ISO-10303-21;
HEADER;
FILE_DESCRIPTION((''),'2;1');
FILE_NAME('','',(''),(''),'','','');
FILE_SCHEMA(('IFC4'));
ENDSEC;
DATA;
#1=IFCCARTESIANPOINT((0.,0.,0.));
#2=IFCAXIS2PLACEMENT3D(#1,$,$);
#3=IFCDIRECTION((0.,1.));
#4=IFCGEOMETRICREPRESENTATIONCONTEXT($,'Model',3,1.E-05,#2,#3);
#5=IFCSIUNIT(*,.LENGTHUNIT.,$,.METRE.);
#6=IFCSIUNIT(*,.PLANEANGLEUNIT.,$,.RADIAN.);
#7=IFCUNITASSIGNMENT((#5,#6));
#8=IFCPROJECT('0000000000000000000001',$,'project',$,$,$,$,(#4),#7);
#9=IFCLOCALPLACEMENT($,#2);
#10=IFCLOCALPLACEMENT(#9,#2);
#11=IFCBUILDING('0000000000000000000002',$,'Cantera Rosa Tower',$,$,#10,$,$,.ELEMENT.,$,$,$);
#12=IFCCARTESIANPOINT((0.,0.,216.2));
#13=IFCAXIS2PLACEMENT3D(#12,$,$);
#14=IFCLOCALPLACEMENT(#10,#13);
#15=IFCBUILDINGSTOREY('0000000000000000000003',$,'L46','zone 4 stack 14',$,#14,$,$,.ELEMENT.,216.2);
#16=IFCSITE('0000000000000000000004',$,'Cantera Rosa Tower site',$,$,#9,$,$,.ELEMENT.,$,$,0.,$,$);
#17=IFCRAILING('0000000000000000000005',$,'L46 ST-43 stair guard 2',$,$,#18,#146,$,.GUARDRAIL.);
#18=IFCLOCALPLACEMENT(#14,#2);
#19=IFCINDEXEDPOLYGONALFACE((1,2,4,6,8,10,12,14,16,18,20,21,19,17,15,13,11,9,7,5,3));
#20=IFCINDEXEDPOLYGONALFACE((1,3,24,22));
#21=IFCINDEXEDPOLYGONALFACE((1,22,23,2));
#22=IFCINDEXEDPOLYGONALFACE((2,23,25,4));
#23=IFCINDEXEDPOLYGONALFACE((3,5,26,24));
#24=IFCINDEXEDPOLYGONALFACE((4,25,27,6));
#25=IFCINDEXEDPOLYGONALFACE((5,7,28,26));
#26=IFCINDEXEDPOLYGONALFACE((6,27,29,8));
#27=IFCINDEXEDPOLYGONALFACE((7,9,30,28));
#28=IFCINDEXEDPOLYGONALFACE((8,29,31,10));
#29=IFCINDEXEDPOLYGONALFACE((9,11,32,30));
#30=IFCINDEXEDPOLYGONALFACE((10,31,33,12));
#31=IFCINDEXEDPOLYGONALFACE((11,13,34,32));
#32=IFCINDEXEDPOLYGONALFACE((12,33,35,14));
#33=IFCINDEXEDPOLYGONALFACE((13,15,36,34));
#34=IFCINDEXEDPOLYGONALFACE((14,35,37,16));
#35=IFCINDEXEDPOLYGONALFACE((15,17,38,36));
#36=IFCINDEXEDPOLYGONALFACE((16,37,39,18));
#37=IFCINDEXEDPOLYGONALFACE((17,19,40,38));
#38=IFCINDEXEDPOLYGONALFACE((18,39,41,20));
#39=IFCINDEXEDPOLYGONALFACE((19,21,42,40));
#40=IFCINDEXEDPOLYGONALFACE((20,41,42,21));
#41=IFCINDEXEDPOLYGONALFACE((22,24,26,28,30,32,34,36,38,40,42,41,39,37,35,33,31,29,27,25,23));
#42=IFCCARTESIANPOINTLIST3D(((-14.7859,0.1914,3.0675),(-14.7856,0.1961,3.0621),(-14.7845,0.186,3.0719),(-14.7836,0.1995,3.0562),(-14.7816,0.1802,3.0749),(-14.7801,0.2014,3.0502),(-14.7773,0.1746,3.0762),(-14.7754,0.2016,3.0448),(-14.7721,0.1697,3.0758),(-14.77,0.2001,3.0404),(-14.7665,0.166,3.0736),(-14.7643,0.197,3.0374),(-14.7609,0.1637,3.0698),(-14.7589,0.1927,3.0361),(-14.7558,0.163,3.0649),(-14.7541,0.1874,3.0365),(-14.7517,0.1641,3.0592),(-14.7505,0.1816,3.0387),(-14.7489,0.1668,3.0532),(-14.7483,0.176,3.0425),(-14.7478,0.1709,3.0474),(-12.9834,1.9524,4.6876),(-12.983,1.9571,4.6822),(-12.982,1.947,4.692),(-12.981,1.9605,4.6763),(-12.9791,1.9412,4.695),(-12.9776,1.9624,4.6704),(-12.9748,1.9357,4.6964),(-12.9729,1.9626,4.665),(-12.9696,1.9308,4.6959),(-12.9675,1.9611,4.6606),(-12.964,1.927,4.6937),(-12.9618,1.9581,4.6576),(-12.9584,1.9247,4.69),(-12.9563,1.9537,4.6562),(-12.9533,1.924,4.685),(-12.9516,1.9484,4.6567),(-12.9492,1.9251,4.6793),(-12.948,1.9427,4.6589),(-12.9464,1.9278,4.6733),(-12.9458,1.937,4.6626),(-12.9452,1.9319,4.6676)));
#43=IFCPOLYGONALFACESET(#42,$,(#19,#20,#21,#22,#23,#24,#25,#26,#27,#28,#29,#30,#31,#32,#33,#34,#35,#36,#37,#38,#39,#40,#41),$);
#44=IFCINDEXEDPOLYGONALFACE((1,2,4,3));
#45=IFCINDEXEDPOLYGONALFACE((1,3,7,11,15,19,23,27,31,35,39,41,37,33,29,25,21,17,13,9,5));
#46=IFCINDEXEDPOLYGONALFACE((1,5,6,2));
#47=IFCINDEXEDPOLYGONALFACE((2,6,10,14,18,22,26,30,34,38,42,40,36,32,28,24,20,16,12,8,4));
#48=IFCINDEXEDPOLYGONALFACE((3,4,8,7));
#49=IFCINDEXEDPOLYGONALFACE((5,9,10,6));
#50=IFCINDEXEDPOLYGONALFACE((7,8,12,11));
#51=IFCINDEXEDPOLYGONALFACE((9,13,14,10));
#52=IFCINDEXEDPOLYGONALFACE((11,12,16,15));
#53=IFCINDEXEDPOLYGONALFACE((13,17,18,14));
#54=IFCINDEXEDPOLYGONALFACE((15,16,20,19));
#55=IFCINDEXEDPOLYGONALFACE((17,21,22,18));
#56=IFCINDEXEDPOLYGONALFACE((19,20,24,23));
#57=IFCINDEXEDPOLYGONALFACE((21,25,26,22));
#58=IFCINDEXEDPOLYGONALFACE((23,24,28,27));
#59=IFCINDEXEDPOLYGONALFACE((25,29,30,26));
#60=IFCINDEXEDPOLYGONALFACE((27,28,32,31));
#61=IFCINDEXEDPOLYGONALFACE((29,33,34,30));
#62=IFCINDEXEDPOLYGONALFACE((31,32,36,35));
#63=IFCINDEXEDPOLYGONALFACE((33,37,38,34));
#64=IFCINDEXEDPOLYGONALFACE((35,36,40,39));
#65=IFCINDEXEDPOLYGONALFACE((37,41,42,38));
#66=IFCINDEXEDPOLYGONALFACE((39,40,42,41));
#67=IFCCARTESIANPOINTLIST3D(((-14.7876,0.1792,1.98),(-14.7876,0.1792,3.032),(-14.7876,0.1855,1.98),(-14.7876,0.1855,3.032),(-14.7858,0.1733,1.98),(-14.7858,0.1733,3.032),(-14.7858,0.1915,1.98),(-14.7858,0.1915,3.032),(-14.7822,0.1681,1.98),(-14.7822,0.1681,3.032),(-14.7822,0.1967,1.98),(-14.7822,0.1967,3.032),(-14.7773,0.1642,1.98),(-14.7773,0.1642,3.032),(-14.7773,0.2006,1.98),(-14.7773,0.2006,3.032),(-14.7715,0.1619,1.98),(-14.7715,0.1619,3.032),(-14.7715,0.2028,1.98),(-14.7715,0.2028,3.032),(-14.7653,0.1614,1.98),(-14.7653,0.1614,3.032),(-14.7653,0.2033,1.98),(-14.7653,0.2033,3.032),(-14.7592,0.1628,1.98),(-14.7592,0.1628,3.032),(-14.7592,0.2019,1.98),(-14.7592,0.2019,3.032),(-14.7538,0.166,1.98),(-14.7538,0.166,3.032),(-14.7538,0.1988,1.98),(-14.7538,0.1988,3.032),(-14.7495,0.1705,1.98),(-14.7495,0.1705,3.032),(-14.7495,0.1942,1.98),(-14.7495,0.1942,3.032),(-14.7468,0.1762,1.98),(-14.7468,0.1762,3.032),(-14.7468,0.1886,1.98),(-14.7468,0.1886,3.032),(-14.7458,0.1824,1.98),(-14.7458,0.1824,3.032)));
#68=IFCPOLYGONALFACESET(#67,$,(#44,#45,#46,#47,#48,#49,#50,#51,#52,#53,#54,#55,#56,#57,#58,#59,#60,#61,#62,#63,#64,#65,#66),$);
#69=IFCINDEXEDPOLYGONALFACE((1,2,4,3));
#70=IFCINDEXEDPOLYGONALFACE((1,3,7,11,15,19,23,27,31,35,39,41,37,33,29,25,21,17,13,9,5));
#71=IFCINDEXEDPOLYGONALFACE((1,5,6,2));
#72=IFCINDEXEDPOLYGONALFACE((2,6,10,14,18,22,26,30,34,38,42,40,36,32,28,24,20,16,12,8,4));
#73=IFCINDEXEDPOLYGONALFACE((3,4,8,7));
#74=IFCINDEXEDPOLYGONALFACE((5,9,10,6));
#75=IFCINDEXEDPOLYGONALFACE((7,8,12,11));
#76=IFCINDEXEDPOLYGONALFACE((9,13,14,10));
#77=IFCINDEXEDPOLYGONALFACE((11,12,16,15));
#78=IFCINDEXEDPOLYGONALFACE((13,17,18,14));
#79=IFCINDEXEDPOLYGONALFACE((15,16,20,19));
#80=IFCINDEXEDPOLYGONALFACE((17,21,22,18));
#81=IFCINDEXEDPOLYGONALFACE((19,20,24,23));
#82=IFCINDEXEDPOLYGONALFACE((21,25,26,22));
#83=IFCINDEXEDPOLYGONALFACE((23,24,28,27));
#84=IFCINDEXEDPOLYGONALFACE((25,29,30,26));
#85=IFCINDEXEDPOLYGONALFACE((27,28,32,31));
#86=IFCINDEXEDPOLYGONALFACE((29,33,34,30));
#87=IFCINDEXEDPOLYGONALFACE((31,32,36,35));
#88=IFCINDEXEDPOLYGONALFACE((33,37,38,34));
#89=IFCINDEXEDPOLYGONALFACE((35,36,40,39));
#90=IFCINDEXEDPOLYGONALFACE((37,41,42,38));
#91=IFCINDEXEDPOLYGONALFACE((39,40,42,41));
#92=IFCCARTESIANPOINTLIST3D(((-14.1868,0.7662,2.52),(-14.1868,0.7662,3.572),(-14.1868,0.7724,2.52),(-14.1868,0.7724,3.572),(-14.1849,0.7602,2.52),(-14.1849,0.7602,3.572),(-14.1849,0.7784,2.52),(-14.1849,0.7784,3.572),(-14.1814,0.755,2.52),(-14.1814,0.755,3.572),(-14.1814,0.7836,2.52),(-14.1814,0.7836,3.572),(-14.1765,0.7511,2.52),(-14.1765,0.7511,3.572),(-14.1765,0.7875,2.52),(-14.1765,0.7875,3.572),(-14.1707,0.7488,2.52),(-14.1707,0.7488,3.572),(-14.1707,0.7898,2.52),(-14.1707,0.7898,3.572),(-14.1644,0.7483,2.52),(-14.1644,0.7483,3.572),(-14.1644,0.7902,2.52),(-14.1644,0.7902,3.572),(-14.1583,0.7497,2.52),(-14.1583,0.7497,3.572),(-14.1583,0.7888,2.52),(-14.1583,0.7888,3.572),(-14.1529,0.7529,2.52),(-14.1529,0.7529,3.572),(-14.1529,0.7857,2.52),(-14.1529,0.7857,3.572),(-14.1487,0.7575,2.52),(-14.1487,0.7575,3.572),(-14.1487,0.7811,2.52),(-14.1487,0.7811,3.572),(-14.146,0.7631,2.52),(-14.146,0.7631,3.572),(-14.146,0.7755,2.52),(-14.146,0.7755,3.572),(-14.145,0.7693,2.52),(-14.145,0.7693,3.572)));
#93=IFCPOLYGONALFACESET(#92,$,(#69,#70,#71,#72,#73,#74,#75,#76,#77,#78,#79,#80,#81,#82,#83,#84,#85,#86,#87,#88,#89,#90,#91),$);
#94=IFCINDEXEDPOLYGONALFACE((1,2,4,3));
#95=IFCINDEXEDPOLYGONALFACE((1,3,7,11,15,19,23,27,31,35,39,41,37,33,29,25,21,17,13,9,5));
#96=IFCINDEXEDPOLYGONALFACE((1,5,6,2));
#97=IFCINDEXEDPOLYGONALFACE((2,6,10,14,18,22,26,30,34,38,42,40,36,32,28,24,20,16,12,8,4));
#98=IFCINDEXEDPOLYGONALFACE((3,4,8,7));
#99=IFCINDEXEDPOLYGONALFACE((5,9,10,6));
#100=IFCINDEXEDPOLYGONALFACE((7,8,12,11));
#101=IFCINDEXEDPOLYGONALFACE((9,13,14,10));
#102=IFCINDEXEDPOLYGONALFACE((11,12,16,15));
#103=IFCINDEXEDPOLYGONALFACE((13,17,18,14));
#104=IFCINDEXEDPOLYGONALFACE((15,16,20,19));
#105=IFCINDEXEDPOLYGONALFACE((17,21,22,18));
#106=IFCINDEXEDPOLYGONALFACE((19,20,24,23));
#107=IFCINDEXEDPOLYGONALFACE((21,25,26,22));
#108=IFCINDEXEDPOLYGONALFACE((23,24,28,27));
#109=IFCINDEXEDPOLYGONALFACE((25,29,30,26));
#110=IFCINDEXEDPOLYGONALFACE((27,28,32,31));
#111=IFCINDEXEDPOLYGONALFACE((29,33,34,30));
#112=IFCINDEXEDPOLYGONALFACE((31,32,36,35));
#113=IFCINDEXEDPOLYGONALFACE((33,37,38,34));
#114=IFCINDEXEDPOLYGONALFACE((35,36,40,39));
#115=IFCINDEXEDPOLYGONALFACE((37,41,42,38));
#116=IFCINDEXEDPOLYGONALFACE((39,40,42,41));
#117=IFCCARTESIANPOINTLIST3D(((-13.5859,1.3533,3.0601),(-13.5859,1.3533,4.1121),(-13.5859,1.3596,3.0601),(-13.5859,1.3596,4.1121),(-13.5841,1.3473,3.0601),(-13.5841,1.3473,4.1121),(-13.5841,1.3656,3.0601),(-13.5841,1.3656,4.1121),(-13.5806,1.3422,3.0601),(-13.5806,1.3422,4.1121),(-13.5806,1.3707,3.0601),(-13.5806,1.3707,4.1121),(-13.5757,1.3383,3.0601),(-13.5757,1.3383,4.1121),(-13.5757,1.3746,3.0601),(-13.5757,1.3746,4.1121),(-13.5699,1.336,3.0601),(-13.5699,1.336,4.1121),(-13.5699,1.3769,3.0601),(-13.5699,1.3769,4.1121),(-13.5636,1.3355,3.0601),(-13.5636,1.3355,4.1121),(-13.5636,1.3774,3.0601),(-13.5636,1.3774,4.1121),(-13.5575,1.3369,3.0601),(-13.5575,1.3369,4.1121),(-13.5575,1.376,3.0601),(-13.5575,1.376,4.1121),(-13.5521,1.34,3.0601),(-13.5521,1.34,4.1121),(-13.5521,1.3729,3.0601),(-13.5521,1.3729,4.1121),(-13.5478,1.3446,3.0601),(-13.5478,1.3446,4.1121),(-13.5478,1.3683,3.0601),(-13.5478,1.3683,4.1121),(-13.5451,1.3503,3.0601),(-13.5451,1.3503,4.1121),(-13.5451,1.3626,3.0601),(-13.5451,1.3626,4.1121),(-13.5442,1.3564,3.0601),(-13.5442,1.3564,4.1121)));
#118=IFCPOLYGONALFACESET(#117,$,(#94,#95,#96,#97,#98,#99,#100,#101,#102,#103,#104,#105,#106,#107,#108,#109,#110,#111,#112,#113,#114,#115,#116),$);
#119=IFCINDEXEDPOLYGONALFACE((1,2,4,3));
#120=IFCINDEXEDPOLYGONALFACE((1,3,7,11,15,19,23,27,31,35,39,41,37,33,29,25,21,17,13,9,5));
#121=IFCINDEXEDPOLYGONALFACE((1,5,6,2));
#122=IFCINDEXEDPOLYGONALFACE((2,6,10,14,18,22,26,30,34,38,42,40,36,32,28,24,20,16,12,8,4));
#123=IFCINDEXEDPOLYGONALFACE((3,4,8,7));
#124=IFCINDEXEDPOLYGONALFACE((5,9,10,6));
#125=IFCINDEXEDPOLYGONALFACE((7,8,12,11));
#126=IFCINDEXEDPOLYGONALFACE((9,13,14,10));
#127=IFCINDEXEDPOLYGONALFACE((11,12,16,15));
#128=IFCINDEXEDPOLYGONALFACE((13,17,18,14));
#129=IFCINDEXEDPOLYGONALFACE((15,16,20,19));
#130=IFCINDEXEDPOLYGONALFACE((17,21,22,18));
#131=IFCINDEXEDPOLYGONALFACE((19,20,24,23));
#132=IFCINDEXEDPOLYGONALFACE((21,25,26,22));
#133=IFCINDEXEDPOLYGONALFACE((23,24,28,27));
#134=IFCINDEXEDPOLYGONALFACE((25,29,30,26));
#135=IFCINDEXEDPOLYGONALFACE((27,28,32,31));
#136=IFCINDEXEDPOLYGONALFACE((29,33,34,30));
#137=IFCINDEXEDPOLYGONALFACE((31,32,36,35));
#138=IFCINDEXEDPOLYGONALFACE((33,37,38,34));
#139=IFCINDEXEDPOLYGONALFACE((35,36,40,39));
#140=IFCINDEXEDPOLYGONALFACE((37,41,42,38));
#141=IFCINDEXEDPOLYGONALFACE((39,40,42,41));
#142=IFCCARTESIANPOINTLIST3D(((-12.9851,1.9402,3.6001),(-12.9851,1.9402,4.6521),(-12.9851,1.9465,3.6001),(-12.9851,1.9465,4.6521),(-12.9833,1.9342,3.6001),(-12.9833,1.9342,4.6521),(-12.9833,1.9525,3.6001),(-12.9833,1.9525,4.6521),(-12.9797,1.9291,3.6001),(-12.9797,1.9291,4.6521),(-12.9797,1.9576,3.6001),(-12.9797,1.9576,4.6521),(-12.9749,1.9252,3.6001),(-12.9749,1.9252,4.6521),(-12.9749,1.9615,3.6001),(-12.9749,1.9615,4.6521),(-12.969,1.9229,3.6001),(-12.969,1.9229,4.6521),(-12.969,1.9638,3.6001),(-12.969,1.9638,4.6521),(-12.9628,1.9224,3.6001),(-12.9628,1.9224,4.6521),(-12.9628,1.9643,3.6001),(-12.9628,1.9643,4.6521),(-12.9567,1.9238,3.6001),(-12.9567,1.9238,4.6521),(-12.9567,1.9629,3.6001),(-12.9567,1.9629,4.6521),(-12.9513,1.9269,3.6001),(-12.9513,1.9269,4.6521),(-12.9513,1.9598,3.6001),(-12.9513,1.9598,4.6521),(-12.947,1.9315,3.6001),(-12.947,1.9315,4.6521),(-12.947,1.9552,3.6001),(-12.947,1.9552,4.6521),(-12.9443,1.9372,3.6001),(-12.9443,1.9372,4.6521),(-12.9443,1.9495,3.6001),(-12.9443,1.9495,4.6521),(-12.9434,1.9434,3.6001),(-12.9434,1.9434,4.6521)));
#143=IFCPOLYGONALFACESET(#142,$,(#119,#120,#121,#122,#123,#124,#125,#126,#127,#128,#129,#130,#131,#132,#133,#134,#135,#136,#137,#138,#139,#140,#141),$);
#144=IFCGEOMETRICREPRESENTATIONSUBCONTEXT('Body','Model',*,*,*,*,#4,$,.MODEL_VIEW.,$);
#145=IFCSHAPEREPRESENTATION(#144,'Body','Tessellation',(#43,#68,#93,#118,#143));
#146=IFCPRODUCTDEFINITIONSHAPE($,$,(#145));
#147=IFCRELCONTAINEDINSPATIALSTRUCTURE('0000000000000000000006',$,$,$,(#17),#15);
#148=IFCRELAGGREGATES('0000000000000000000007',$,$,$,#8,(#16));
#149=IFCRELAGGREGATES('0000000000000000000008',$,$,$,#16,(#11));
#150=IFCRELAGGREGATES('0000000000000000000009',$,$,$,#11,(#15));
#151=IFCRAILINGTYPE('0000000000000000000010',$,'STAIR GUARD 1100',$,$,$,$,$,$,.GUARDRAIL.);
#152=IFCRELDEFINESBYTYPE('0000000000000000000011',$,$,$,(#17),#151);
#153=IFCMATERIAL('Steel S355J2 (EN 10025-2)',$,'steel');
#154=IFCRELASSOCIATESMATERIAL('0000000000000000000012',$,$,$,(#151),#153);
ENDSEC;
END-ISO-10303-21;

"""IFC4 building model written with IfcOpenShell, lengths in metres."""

from ifc_helpers import new_model, si_unit, direction, frame, origin, origin_2d, place, context, subcontext, project, spatial, circle, extrude, material, type_object, element, save


model = new_model("IFC4")

# Units and contexts
model_context = context("Model", 3, precision=1e-05, world=origin(), true_north=direction((0.0, 1.0)))
body_context = subcontext(model_context, "Body", "Model", "MODEL_VIEW")
ifc_project = project(units=[si_unit("LENGTHUNIT", "METRE"), si_unit("PLANEANGLEUNIT", "RADIAN")], contexts=[model_context])

# Site, building, storey
site_placement = place(None, origin())
site = spatial("IfcSite", under=ifc_project, at=site_placement, Name="Cantera Rosa Tower site", CompositionType="ELEMENT", RefElevation=0.0)
building_placement = place(site_placement, origin())
building = spatial("IfcBuilding", under=site, at=building_placement, Name="Cantera Rosa Tower", CompositionType="ELEMENT")
storey_placement = place(building_placement, frame((0.0, 0.0, 216.2)))
storey = spatial("IfcBuildingStorey", under=building, at=storey_placement, Name="L46", Description="zone 4 stack 14", CompositionType="ELEMENT", Elevation=216.2)

# Railing
ifc_material_1 = material(Name="Steel S355J2 (EN 10025-2)", Category="steel")
railing_type_1 = type_object("IfcRailingType", Name="STAIR GUARD 1100", PredefinedType="GUARDRAIL", material=ifc_material_1)
railing_1_placement = place(storey_placement, frame((-14.7668, 0.1824, 1.98)))
element("IfcRailing", 1, at=railing_1_placement, inside=storey, type_object=railing_type_1, Name="L46 ST-43 stair guard 2", PredefinedType="GUARDRAIL", context=body_context, shape_type="SweptSolid", body=[
    extrude(circle(Radius=0.0239, at=origin_2d()), frame((0.0, 0.0, 1.0762), z_axis=(0.601672, 0.587818, 0.540796), x_axis=(-0.698824, 0.715294, 0.0)), (0.0, 0.0, 1.0), 2.9958),
    extrude(circle(Radius=0.021, at=origin_2d()), origin(), (0.0, 0.0, 1.0), 1.052),
    extrude(circle(Radius=0.021, at=origin_2d()), frame((0.6008, 0.5869, 0.54)), (0.0, 0.0, 1.0), 1.052),
    extrude(circle(Radius=0.021, at=origin_2d()), frame((1.2017, 1.1741, 1.0801)), (0.0, 0.0, 1.0), 1.052),
    extrude(circle(Radius=0.021, at=origin_2d()), frame((1.8025, 1.761, 1.6201)), (0.0, 0.0, 1.0), 1.052),
])

save(model, "model.ifc")
